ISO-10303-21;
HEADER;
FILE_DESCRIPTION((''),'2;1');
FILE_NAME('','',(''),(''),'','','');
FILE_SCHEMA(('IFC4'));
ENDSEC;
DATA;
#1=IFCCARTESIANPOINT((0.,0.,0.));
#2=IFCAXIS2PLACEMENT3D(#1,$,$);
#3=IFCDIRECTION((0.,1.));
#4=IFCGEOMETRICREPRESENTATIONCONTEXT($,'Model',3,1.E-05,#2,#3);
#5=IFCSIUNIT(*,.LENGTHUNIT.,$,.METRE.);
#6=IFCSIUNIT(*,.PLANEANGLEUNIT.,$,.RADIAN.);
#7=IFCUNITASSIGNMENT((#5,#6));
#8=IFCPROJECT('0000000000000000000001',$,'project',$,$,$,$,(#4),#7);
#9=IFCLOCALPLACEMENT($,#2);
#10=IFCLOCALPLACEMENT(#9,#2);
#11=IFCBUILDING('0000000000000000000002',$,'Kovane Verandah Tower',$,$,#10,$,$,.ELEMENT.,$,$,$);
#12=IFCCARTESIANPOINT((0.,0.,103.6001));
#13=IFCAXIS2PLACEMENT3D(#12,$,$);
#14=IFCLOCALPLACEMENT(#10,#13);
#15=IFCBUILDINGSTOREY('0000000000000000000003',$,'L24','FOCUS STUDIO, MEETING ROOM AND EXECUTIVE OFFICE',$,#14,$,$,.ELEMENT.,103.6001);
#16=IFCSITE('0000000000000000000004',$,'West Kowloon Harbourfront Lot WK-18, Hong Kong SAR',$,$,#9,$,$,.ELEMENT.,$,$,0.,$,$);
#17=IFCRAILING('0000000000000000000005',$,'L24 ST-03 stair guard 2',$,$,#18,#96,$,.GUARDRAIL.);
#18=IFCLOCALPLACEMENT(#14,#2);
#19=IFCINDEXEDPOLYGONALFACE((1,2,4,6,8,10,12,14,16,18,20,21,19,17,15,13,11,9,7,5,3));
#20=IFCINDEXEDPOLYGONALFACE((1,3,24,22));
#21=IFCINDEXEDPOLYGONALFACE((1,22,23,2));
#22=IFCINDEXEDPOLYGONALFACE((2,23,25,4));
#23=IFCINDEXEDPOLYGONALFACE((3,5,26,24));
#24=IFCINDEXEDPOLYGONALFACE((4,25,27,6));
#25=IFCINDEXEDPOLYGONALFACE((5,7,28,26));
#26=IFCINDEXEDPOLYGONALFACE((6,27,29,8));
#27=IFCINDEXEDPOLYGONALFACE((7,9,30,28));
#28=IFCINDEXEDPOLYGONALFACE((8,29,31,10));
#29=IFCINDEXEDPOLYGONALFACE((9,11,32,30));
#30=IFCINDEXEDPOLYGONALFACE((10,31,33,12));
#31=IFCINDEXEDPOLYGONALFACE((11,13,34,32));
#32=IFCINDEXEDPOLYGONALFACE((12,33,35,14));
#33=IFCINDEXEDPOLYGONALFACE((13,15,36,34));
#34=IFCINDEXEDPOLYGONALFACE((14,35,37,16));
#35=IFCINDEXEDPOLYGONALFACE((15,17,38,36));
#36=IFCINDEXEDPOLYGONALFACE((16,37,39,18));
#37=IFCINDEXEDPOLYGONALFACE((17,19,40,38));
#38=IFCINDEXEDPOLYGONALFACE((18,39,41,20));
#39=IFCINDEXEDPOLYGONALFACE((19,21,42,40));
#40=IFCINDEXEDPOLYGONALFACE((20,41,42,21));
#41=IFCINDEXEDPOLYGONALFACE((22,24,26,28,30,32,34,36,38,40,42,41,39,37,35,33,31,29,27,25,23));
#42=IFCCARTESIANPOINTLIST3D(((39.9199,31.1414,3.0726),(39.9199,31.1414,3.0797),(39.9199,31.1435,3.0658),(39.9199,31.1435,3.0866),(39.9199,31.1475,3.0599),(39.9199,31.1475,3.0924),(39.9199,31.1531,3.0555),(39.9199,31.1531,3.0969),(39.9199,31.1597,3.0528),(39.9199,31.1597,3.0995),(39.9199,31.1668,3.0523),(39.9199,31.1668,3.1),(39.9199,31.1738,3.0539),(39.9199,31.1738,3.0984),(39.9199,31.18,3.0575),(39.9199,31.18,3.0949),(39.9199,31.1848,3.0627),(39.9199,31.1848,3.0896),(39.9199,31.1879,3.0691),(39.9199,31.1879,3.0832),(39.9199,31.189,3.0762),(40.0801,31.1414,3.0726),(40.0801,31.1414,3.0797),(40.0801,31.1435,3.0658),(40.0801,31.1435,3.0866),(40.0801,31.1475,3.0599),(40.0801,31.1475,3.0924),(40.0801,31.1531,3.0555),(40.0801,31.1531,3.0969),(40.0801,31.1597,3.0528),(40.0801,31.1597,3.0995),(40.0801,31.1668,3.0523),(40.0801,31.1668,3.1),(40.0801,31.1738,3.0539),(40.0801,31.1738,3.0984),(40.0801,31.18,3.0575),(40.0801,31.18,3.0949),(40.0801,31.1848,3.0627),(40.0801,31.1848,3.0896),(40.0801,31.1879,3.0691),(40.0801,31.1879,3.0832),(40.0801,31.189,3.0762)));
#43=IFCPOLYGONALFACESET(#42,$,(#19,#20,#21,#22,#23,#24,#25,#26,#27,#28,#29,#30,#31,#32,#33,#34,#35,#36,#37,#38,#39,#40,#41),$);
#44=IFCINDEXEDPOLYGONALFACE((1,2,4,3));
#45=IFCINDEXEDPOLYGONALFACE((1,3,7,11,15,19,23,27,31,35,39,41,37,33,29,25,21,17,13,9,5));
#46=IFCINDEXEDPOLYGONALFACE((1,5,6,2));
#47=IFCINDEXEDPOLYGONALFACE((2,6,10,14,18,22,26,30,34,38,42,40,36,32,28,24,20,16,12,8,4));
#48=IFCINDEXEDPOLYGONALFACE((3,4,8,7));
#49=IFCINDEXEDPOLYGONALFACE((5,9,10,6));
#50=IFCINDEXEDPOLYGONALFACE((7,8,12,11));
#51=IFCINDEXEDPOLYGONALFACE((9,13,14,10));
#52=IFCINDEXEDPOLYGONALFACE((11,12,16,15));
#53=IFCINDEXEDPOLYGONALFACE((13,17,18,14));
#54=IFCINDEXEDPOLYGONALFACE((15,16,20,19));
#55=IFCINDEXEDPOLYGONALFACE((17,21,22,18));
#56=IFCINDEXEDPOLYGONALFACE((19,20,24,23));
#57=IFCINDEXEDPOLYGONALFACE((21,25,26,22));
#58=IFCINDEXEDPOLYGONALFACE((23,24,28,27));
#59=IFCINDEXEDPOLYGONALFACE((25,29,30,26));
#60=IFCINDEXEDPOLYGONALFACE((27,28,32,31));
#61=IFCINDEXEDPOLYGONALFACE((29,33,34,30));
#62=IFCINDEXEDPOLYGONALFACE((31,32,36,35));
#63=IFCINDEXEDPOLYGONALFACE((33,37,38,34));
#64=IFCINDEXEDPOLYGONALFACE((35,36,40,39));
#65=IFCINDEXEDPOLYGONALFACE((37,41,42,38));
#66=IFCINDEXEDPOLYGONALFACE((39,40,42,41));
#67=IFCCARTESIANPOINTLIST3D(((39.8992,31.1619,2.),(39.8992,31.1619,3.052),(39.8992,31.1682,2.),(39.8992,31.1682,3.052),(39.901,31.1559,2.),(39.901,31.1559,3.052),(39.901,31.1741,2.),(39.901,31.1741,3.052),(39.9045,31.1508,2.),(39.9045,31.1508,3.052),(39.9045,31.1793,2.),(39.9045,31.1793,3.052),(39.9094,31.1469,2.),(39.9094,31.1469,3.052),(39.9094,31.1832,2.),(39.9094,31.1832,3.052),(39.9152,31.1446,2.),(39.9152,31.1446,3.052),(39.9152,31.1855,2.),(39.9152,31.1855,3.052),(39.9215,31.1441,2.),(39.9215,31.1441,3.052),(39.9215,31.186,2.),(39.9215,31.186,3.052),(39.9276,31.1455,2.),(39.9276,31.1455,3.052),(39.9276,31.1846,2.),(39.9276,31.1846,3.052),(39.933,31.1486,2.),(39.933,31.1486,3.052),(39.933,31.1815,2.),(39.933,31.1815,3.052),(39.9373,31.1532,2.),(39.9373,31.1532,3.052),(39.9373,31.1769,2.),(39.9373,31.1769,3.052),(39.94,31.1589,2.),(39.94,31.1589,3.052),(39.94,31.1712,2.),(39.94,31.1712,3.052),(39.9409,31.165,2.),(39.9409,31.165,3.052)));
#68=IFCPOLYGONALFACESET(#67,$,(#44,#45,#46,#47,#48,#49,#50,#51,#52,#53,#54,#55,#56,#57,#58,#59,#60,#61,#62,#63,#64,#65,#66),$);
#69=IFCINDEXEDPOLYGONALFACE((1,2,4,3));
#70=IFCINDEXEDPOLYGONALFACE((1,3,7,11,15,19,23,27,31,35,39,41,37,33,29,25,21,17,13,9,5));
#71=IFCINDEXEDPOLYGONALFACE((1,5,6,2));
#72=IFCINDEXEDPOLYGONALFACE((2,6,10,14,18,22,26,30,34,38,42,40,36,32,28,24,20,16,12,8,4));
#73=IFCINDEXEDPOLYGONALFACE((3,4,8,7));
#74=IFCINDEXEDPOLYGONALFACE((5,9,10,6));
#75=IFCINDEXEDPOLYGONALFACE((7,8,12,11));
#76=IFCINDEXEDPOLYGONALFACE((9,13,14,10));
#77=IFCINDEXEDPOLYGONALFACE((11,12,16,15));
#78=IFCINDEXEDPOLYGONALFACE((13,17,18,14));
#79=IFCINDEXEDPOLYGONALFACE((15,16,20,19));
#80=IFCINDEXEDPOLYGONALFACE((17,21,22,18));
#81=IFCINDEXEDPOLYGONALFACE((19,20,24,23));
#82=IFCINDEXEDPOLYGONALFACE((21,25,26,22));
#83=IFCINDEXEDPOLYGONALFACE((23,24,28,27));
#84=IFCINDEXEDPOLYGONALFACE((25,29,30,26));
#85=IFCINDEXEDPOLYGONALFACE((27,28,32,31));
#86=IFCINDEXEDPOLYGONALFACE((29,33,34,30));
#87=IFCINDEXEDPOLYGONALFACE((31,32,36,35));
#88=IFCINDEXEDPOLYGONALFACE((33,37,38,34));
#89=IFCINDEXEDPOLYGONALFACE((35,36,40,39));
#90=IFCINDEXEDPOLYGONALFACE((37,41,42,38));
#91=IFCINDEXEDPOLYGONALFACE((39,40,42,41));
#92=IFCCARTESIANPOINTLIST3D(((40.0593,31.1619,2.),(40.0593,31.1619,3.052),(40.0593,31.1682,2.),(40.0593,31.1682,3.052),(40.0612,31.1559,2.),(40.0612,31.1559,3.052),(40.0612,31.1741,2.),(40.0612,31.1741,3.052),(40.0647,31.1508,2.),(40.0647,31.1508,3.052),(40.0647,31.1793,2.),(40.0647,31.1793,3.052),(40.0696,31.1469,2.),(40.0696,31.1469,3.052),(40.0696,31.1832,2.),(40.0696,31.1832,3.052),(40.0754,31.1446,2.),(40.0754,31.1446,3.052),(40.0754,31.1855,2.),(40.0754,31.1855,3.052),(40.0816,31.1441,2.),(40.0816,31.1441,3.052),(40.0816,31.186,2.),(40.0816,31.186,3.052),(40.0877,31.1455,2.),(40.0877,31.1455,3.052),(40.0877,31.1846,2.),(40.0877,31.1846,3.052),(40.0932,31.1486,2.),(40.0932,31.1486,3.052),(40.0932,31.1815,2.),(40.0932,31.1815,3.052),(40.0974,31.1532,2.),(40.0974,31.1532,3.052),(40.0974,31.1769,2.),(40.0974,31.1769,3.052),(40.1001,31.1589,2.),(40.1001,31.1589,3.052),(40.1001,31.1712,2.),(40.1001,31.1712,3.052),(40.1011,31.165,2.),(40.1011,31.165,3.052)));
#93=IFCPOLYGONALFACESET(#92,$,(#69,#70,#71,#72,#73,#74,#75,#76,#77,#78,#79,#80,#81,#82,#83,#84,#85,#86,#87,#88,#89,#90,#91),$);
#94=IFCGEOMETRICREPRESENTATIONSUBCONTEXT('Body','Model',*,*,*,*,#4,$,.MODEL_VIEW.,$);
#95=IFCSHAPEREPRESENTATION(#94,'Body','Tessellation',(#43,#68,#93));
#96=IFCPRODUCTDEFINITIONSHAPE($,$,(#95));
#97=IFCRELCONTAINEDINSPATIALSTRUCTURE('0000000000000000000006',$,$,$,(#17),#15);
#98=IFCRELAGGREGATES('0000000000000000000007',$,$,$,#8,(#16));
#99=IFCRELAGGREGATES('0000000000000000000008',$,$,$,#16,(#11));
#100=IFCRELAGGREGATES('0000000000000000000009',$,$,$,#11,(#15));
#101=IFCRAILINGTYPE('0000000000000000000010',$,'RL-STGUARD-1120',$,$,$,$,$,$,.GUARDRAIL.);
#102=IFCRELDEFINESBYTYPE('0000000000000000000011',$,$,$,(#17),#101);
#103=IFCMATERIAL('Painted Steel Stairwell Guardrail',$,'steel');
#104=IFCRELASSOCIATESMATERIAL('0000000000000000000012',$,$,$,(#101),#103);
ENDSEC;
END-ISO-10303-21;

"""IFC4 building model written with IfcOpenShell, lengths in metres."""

from ifc_helpers import new_model, si_unit, direction, frame, origin, origin_2d, place, context, subcontext, project, spatial, circle, extrude, material, type_object, element, save


model = new_model("IFC4")

# Units and contexts
model_context = context("Model", 3, precision=1e-05, world=origin(), true_north=direction((0.0, 1.0)))
body_context = subcontext(model_context, "Body", "Model", "MODEL_VIEW")
ifc_project = project(units=[si_unit("LENGTHUNIT", "METRE"), si_unit("PLANEANGLEUNIT", "RADIAN")], contexts=[model_context])

# Site, building, storey
site_placement = place(None, origin())
site = spatial("IfcSite", under=ifc_project, at=site_placement, Name="West Kowloon Harbourfront Lot WK-18, Hong Kong SAR", CompositionType="ELEMENT", RefElevation=0.0)
building_placement = place(site_placement, origin())
building = spatial("IfcBuilding", under=site, at=building_placement, Name="Kovane Verandah Tower", CompositionType="ELEMENT")
storey_placement = place(building_placement, frame((0.0, 0.0, 103.6001)))
storey = spatial("IfcBuildingStorey", under=building, at=storey_placement, Name="L24", Description="FOCUS STUDIO, MEETING ROOM AND EXECUTIVE OFFICE", CompositionType="ELEMENT", Elevation=103.6001)

# Railing
ifc_material_1 = material(Name="Painted Steel Stairwell Guardrail", Category="steel")
railing_type_1 = type_object("IfcRailingType", Name="RL-STGUARD-1120", PredefinedType="GUARDRAIL", material=ifc_material_1)
railing_1_placement = place(storey_placement, frame((39.9199, 31.165, 2.0)))
element("IfcRailing", 1, at=railing_1_placement, inside=storey, type_object=railing_type_1, Name="L24 ST-03 stair guard 2", PredefinedType="GUARDRAIL", context=body_context, shape_type="SweptSolid", body=[
    extrude(circle(Radius=0.0239, at=origin_2d()), frame((0.0, 0.0, 1.0762), z_axis=(1.0, 0.0, 0.0), x_axis=(0.0, 1.0, 0.0)), (0.0, 0.0, 1.0), 0.1602),
    extrude(circle(Radius=0.021, at=origin_2d()), origin(), (0.0, 0.0, 1.0), 1.052),
    extrude(circle(Radius=0.021, at=origin_2d()), frame((0.1602, 0.0, 0.0)), (0.0, 0.0, 1.0), 1.052),
])

save(model, "model.ifc")
